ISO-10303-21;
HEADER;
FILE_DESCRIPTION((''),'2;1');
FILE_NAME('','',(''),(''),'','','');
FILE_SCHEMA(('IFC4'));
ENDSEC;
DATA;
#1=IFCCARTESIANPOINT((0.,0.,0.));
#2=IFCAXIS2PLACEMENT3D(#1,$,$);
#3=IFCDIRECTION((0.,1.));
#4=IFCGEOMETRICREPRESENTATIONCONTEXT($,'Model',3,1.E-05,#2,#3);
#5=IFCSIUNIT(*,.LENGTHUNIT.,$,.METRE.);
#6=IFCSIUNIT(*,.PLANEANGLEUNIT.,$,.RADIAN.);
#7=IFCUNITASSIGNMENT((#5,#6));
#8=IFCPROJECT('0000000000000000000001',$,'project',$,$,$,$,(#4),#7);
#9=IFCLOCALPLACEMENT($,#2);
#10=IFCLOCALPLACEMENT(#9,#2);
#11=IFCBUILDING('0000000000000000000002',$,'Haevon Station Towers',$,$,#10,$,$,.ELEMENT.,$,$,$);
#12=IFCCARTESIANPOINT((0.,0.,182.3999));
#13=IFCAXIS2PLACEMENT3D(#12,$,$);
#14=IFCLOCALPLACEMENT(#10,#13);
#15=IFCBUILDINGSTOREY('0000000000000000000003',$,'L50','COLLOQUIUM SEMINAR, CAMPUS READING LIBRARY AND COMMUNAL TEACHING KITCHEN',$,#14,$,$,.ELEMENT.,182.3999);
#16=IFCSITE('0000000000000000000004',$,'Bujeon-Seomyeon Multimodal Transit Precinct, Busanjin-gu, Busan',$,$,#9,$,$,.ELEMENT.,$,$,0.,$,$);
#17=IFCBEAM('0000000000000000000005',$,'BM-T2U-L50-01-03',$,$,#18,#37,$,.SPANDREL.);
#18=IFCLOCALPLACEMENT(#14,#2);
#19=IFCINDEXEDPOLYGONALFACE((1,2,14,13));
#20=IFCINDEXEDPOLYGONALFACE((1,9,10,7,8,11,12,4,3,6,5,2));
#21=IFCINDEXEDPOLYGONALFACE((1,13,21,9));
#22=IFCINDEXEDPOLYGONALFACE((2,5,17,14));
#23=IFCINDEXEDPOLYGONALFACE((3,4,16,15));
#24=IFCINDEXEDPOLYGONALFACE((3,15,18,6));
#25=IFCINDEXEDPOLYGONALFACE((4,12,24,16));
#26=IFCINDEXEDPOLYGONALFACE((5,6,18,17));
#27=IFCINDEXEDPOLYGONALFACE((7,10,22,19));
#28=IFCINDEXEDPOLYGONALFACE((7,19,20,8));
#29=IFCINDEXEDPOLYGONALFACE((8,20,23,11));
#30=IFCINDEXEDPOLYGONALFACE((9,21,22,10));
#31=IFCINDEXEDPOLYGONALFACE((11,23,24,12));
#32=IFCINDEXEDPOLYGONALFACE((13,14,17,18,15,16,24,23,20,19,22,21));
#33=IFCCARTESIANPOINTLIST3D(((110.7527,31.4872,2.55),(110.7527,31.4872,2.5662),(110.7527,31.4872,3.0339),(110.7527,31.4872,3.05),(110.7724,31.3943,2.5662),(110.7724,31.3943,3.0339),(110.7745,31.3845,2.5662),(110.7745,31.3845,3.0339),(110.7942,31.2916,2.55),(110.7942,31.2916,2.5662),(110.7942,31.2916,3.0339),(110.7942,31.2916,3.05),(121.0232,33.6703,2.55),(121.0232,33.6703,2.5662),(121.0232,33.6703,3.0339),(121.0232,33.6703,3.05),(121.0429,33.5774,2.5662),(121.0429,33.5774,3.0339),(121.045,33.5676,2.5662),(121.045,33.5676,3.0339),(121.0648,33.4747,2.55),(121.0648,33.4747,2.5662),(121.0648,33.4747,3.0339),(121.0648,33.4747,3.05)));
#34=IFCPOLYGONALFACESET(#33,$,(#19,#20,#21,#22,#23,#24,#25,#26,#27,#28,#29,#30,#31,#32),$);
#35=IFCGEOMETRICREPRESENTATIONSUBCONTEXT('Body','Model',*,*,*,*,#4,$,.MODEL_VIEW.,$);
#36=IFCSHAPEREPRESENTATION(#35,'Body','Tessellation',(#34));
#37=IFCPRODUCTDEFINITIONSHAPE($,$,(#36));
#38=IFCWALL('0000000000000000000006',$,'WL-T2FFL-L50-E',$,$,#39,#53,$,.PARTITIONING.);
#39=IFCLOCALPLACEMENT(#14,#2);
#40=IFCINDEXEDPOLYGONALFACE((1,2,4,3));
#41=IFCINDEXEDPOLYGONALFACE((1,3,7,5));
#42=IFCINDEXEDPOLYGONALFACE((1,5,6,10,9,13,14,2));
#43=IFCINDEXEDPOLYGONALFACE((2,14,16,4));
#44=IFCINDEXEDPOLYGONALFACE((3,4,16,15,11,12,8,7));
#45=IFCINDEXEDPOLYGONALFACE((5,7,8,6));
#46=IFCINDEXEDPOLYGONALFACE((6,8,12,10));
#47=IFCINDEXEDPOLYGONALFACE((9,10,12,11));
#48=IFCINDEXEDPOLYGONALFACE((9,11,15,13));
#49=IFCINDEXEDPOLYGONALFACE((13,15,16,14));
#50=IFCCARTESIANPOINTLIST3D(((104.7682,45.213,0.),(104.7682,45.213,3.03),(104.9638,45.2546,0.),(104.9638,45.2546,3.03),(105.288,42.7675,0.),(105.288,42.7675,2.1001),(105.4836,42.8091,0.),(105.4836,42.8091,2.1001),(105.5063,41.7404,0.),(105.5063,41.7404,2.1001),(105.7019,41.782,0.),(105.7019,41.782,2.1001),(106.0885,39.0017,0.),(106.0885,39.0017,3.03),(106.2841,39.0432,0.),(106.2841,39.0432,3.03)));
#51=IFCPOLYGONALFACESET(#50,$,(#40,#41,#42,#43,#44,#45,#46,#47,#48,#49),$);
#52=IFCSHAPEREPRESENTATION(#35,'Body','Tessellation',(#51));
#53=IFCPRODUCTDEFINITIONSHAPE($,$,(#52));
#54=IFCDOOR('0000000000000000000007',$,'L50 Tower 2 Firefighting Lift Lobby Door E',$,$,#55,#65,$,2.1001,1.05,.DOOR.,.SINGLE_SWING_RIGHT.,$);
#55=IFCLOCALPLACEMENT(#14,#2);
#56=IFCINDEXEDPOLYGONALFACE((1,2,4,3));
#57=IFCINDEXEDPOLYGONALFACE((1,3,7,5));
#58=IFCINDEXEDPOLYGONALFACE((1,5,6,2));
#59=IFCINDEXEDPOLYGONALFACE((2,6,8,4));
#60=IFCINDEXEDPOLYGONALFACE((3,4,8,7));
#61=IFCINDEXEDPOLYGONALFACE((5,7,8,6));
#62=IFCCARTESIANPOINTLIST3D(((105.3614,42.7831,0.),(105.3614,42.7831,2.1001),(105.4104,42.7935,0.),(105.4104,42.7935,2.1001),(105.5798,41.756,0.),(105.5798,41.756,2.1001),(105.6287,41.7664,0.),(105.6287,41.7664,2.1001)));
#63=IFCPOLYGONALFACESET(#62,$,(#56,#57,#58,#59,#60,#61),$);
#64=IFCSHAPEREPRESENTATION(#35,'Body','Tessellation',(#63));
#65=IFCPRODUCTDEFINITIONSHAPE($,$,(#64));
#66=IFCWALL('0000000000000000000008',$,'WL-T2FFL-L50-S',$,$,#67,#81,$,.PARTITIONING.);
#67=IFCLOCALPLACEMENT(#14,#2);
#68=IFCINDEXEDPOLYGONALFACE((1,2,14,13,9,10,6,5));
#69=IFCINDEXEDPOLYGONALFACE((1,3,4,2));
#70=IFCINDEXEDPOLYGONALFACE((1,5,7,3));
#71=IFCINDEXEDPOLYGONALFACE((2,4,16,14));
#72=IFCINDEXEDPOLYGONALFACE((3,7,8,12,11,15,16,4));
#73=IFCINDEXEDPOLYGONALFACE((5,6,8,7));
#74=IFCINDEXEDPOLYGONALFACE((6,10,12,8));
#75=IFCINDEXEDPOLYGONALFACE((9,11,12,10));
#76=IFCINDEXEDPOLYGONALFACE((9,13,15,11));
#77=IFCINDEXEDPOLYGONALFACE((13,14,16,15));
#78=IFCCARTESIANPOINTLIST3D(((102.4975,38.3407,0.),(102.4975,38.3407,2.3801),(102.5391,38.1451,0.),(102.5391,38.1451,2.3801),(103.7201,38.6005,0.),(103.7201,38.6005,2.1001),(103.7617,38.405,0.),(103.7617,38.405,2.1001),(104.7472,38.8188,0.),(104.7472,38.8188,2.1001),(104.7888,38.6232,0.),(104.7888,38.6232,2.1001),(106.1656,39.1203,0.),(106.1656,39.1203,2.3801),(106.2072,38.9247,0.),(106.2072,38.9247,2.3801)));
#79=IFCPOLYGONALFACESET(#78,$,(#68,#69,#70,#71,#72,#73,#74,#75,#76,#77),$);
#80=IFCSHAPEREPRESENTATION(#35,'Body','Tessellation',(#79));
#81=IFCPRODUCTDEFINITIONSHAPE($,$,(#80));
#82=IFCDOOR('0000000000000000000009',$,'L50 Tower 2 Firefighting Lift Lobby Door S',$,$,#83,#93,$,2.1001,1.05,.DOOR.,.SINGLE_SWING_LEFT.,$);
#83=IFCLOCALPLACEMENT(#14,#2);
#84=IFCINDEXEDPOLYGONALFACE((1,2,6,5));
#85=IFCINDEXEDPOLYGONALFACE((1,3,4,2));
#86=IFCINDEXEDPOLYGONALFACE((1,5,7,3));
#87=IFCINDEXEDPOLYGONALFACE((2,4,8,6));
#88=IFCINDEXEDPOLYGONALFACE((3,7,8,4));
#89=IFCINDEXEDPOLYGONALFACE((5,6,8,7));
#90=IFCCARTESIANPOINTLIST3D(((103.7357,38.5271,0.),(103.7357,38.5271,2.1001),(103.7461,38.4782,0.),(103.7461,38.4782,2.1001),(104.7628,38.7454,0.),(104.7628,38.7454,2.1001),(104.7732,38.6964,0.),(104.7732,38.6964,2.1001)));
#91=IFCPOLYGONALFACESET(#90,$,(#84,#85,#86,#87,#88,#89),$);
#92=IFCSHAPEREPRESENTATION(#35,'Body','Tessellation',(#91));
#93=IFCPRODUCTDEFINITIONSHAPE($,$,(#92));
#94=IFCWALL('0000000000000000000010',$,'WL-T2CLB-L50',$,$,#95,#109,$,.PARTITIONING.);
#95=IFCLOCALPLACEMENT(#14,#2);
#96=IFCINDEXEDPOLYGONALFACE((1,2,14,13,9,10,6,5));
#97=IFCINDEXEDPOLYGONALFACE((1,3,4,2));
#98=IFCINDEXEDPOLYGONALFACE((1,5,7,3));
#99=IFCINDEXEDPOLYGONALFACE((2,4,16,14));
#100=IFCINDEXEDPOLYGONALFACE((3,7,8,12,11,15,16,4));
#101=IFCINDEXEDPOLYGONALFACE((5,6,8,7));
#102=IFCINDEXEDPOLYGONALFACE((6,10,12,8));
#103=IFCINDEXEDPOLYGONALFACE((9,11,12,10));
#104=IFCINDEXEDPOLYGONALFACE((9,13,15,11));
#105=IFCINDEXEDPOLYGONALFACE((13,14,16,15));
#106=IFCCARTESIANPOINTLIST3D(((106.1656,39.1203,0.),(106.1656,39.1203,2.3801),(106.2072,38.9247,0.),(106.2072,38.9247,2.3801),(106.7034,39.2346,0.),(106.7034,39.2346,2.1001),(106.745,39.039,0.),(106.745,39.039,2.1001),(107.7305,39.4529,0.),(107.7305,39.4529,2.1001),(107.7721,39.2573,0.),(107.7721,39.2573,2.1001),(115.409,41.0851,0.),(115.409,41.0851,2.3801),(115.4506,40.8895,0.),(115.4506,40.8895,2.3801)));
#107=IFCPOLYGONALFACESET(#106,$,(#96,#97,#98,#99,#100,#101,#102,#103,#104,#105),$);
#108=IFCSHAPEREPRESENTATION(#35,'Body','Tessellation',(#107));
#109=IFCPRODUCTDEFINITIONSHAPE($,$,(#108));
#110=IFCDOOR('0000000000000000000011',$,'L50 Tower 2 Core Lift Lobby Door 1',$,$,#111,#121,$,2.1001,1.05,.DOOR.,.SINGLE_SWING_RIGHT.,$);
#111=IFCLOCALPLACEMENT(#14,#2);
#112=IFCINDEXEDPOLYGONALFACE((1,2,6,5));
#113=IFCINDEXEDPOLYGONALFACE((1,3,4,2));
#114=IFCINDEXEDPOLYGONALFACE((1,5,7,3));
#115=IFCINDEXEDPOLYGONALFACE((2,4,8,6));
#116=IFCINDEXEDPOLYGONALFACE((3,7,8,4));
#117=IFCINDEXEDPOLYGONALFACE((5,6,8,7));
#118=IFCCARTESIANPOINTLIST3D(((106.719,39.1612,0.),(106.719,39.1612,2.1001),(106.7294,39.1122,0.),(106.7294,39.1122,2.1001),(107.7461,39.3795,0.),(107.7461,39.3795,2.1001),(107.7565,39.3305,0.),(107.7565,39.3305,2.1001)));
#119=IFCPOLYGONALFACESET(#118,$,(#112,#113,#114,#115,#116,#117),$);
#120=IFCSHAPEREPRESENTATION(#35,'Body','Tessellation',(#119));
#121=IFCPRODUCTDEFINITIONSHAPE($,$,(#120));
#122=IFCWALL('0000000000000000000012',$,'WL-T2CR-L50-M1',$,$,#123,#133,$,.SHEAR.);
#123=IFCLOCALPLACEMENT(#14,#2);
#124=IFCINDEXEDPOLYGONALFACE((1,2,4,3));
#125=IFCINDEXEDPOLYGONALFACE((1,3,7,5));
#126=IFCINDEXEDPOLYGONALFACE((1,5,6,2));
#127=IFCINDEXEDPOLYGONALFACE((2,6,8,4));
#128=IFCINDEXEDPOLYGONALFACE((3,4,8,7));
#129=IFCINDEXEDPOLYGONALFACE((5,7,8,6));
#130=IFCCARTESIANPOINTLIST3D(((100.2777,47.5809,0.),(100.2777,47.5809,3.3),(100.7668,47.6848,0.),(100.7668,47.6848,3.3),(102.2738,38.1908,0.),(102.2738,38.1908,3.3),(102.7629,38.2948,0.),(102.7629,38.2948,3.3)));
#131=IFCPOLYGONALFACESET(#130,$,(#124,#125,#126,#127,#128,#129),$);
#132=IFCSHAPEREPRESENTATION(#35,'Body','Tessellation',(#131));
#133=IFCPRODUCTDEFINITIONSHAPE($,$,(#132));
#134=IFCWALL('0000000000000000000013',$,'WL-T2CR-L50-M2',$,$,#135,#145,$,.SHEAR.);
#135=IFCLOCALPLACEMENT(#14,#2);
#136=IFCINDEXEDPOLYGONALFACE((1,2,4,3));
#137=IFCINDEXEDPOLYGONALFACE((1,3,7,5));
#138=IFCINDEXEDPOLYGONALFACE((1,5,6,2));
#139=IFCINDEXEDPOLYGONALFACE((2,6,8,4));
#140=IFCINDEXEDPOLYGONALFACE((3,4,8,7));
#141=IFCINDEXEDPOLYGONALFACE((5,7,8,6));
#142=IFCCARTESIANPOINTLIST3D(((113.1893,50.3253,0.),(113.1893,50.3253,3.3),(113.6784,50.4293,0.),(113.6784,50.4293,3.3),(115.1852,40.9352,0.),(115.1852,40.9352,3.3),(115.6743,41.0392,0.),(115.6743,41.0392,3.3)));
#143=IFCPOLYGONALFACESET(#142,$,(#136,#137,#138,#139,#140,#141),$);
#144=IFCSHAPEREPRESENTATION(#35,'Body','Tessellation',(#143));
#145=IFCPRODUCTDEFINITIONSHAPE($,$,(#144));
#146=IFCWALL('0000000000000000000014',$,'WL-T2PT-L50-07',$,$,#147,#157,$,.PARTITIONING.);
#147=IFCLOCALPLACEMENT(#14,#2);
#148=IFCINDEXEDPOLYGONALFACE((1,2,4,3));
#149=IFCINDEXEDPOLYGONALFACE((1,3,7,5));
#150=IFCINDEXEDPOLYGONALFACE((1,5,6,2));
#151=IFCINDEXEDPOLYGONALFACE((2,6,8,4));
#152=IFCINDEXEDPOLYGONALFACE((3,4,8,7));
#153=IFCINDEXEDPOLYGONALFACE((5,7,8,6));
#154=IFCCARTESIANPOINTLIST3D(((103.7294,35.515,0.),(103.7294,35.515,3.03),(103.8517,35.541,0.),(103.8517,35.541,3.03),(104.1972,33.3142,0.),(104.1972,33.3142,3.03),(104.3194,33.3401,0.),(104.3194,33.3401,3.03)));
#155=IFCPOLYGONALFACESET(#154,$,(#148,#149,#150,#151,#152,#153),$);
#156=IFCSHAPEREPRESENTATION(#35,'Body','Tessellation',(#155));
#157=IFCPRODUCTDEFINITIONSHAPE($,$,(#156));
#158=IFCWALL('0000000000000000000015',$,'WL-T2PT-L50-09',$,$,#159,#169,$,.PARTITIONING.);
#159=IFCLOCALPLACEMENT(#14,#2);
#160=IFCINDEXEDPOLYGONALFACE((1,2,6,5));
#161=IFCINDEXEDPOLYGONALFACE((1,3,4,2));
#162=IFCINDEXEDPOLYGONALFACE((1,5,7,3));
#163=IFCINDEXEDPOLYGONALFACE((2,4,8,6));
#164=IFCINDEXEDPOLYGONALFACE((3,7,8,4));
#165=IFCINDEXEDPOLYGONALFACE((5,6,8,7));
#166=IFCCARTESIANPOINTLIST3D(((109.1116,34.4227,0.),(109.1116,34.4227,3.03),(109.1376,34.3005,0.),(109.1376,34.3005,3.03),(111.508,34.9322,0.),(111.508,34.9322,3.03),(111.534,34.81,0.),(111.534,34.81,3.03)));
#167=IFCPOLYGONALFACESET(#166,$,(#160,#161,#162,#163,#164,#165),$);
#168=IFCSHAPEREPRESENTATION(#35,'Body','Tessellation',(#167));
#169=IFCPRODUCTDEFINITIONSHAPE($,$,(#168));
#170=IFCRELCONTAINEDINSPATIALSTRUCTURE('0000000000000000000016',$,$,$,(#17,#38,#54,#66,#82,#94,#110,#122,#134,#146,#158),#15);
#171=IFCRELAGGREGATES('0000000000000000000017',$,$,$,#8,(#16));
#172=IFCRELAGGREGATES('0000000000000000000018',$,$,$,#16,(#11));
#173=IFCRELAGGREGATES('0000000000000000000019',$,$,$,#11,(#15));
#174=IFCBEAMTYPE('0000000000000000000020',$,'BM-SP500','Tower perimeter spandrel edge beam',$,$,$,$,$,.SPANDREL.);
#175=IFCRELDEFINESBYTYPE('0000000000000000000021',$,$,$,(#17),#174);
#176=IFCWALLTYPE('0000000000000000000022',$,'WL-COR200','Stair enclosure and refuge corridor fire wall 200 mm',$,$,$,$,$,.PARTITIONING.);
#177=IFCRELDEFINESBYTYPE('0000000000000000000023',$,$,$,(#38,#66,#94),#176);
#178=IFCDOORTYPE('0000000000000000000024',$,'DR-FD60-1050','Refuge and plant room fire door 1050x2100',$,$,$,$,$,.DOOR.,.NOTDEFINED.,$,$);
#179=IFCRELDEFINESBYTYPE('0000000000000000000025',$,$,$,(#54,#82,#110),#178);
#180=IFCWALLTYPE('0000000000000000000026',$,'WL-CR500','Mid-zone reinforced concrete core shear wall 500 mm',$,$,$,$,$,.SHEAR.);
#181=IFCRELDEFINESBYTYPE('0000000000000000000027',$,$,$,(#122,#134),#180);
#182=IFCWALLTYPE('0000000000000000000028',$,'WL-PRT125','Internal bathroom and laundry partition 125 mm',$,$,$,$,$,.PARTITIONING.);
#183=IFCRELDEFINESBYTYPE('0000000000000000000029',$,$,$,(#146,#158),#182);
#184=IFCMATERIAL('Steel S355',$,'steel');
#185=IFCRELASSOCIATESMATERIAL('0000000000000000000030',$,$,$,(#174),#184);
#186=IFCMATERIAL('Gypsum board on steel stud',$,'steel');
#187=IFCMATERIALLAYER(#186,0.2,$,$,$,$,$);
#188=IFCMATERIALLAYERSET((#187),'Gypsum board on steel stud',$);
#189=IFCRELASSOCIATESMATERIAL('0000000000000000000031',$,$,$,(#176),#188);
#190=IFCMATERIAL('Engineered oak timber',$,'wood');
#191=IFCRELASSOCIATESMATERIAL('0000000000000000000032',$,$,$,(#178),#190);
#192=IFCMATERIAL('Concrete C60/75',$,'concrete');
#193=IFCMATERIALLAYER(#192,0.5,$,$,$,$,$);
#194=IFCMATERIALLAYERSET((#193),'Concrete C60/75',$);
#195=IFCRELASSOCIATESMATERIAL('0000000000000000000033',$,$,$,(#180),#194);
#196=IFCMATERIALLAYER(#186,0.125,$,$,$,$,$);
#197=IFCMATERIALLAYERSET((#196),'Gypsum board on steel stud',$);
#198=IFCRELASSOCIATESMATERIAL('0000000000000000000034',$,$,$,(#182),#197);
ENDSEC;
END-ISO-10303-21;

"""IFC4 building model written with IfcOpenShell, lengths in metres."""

from ifc_helpers import new_model, si_unit, direction, frame, frame_2d, origin, origin_2d, place, context, subcontext, project, spatial, rectangle, i_section, extrude, material, layer, layer_set, material_profile, profile_set, type_object, element, fill, save


model = new_model("IFC4")

# Units and contexts
model_context = context("Model", 3, precision=1e-05, world=origin(), true_north=direction((0.0, 1.0)))
body_context = subcontext(model_context, "Body", "Model", "MODEL_VIEW")
ifc_project = project(units=[si_unit("LENGTHUNIT", "METRE"), si_unit("PLANEANGLEUNIT", "RADIAN")], contexts=[model_context])

# Site, building, storey
site_placement = place(None, origin())
site = spatial("IfcSite", under=ifc_project, at=site_placement, Name="Bujeon-Seomyeon Multimodal Transit Precinct, Busanjin-gu, Busan", CompositionType="ELEMENT", RefElevation=0.0)
building_placement = place(site_placement, origin())
building = spatial("IfcBuilding", under=site, at=building_placement, Name="Haevon Station Towers", CompositionType="ELEMENT")
storey_placement = place(building_placement, frame((0.0, 0.0, 182.3999)))
storey = spatial("IfcBuildingStorey", under=building, at=storey_placement, Name="L50", Description="COLLOQUIUM SEMINAR, CAMPUS READING LIBRARY AND COMMUNAL TEACHING KITCHEN", CompositionType="ELEMENT", Elevation=182.3999)

# Shared definitions
ifc_material_1 = material(Name="Steel S355", Category="steel")

# Beam
ifc_material_profile_1 = material_profile(ifc_material_1, i_section(OverallWidth=0.2, OverallDepth=0.5, WebThickness=0.01, FlangeThickness=0.0161, at=origin_2d()), Name="H-500x200x10x16")
ifc_profile_set_1 = profile_set([ifc_material_profile_1], Name="Steel S355")
beam_type_1 = type_object("IfcBeamType", Name="BM-SP500", Description="Tower perimeter spandrel edge beam", PredefinedType="SPANDREL", material=ifc_profile_set_1)
beam_1_placement = place(storey_placement, frame((110.7734, 31.3894, 2.8), z_axis=(0.978147, 0.207915, 0.0), x_axis=(-0.207915, 0.978147, 0.0)))
element("IfcBeam", 1, at=beam_1_placement, inside=storey, type_object=beam_type_1, Name="BM-T2U-L50-01-03", PredefinedType="SPANDREL", context=body_context, shape_type="SweptSolid", body=[
    extrude(i_section(OverallWidth=0.2, OverallDepth=0.5, WebThickness=0.01, FlangeThickness=0.0161, at=origin_2d()), origin(), (0.0, 0.0, 1.0), 10.5),
])

# Walls, openings, doors
ifc_material_2 = material(Name="Gypsum board on steel stud", Category="steel")
ifc_layer_1 = layer(ifc_material_2, 0.2)
ifc_layer_set_1 = layer_set([ifc_layer_1], Name="Gypsum board on steel stud")
wall_type_1 = type_object("IfcWallType", Name="WL-COR200", Description="Stair enclosure and refuge corridor fire wall 200 mm", PredefinedType="PARTITIONING", material=ifc_layer_set_1)
wall_1_placement = place(storey_placement, frame((106.1863, 39.0225, 0.0), z_axis=(0.0, 0.0, 1.0), x_axis=(-0.207917, 0.978147, 0.0)))
wall_1 = element("IfcWall", 2, at=wall_1_placement, inside=storey, type_object=wall_type_1, Name="WL-T2FFL-L50-E", PredefinedType="PARTITIONING", context=body_context, shape_type="SweptSolid", body=[
    extrude(rectangle(XDim=6.3501, YDim=0.2, at=frame_2d((3.175, 0.0))), origin(), (0.0, 0.0, 1.0), 3.03),
])
opening_1_placement = place(wall_1_placement, frame((2.8, 0.0, 0.0)))
opening_1 = element("IfcOpeningElement", 3, at=opening_1_placement, cuts=wall_1, PredefinedType="OPENING", context=body_context, shape_type="SweptSolid", body=[
    extrude(rectangle(XDim=1.05, YDim=2.1001, at=frame_2d((0.5249, 1.05))), frame((0.0, 0.1099, 0.0), z_axis=(0.0, -1.0, 0.0), x_axis=(1.0, 0.0, 0.0)), (0.0, 0.0, 1.0), 0.22),
])
ifc_material_3 = material(Name="Engineered oak timber", Category="wood")
door_type = type_object("IfcDoorType", Name="DR-FD60-1050", Description="Refuge and plant room fire door 1050x2100", OperationType="NOTDEFINED", PredefinedType="DOOR", material=ifc_material_3)
door_1_placement = place(opening_1_placement, origin())
door_1 = element("IfcDoor", 4, at=door_1_placement, inside=storey, type_object=door_type, Name="L50 Tower 2 Firefighting Lift Lobby Door E", OperationType="SINGLE_SWING_RIGHT", OverallHeight=2.1001, OverallWidth=1.05, PredefinedType="DOOR", context=body_context, shape_type="SweptSolid", body=[
    extrude(rectangle(XDim=1.05, YDim=2.1001, at=frame_2d((0.5249, 1.05))), frame((0.0, 0.0249, 0.0), z_axis=(0.0, -1.0, 0.0), x_axis=(1.0, 0.0, 0.0)), (0.0, 0.0, 1.0), 0.05),
])
fill(opening_1, door_1)
wall_2_placement = place(storey_placement, frame((102.5183, 38.2429, 0.0), z_axis=(0.0, 0.0, 1.0), x_axis=(0.978154, 0.207884, 0.0)))
wall_2 = element("IfcWall", 5, at=wall_2_placement, inside=storey, type_object=wall_type_1, Name="WL-T2FFL-L50-S", PredefinedType="PARTITIONING", context=body_context, shape_type="SweptSolid", body=[
    extrude(rectangle(XDim=3.75, YDim=0.2, at=frame_2d((1.875, 0.0))), origin(), (0.0, 0.0, 1.0), 2.3801),
])
opening_2_placement = place(wall_2_placement, frame((1.25, 0.0, 0.0)))
opening_2 = element("IfcOpeningElement", 6, at=opening_2_placement, cuts=wall_2, PredefinedType="OPENING", context=body_context, shape_type="SweptSolid", body=[
    extrude(rectangle(XDim=1.05, YDim=2.1001, at=frame_2d((0.5249, 1.05))), frame((0.0, 0.1099, 0.0), z_axis=(0.0, -1.0, 0.0), x_axis=(1.0, 0.0, 0.0)), (0.0, 0.0, 1.0), 0.22),
])
door_2_placement = place(opening_2_placement, origin())
door_2 = element("IfcDoor", 7, at=door_2_placement, inside=storey, type_object=door_type, Name="L50 Tower 2 Firefighting Lift Lobby Door S", OperationType="SINGLE_SWING_LEFT", OverallHeight=2.1001, OverallWidth=1.05, PredefinedType="DOOR", context=body_context, shape_type="SweptSolid", body=[
    extrude(rectangle(XDim=1.05, YDim=2.1001, at=frame_2d((0.5249, 1.05))), frame((0.0, 0.0249, 0.0), z_axis=(0.0, -1.0, 0.0), x_axis=(1.0, 0.0, 0.0)), (0.0, 0.0, 1.0), 0.05),
])
fill(opening_2, door_2)
wall_3_placement = place(storey_placement, frame((106.1863, 39.0225, 0.0), z_axis=(0.0, 0.0, 1.0), x_axis=(0.978146, 0.207921, 0.0)))
wall_3 = element("IfcWall", 8, at=wall_3_placement, inside=storey, type_object=wall_type_1, Name="WL-T2CLB-L50", PredefinedType="PARTITIONING", context=body_context, shape_type="SweptSolid", body=[
    extrude(rectangle(XDim=9.45, YDim=0.2, at=frame_2d((4.7251, 0.0))), origin(), (0.0, 0.0, 1.0), 2.3801),
])
opening_3_placement = place(wall_3_placement, frame((0.55, 0.0, 0.0)))
opening_3 = element("IfcOpeningElement", 9, at=opening_3_placement, cuts=wall_3, PredefinedType="OPENING", context=body_context, shape_type="SweptSolid", body=[
    extrude(rectangle(XDim=1.05, YDim=2.1001, at=frame_2d((0.5249, 1.05))), frame((0.0, 0.1099, 0.0), z_axis=(0.0, -1.0, 0.0), x_axis=(1.0, 0.0, 0.0)), (0.0, 0.0, 1.0), 0.22),
])
door_3_placement = place(opening_3_placement, origin())
door_3 = element("IfcDoor", 10, at=door_3_placement, inside=storey, type_object=door_type, Name="L50 Tower 2 Core Lift Lobby Door 1", OperationType="SINGLE_SWING_RIGHT", OverallHeight=2.1001, OverallWidth=1.05, PredefinedType="DOOR", context=body_context, shape_type="SweptSolid", body=[
    extrude(rectangle(XDim=1.05, YDim=2.1001, at=frame_2d((0.5249, 1.05))), frame((0.0, 0.0249, 0.0), z_axis=(0.0, -1.0, 0.0), x_axis=(1.0, 0.0, 0.0)), (0.0, 0.0, 1.0), 0.05),
])
fill(opening_3, door_3)

# Walls
ifc_material_4 = material(Name="Concrete C60/75", Category="concrete")
ifc_layer_2 = layer(ifc_material_4, 0.5)
ifc_layer_set_2 = layer_set([ifc_layer_2], Name="Concrete C60/75")
wall_type_2 = type_object("IfcWallType", Name="WL-CR500", Description="Mid-zone reinforced concrete core shear wall 500 mm", PredefinedType="SHEAR", material=ifc_layer_set_2)
for number, where, z_axis, x_axis, name in (
    (11, (102.5183, 38.2429, 0.0), (0.0, 0.0, 1.0), (-0.207927, 0.978144, 0.0), "WL-T2CR-L50-M1"),
    (12, (115.4297, 40.9873, 0.0), (0.0, 0.0, 1.0), (-0.207903, 0.978149, 0.0), "WL-T2CR-L50-M2"),
):
    element("IfcWall", number, at=place(storey_placement, frame(where, z_axis=z_axis, x_axis=x_axis)), inside=storey, type_object=wall_type_2, Name=name, PredefinedType="SHEAR", context=body_context, shape_type="SweptSolid", body=[
        extrude(rectangle(XDim=9.5999, YDim=0.5, at=frame_2d((4.7998, 0.0))), origin(), (0.0, 0.0, 1.0), 3.3),
    ])
ifc_layer_3 = layer(ifc_material_2, 0.125)
ifc_layer_set_3 = layer_set([ifc_layer_3], Name="Gypsum board on steel stud")
wall_type_3 = type_object("IfcWallType", Name="WL-PRT125", Description="Internal bathroom and laundry partition 125 mm", PredefinedType="PARTITIONING", material=ifc_layer_set_3)
wall_4_placement = place(storey_placement, frame((104.2583, 33.3271, 0.0), z_axis=(0.0, 0.0, 1.0), x_axis=(-0.207891, 0.978152, 0.0)))
element("IfcWall", 13, at=wall_4_placement, inside=storey, type_object=wall_type_3, Name="WL-T2PT-L50-07", PredefinedType="PARTITIONING", context=body_context, shape_type="SweptSolid", body=[
    extrude(rectangle(XDim=2.25, YDim=0.125, at=frame_2d((1.125, 0.0))), origin(), (0.0, 0.0, 1.0), 3.03),
])
wall_5_placement = place(storey_placement, frame((109.1245, 34.3616, 0.0), z_axis=(0.0, 0.0, 1.0), x_axis=(0.978137, 0.207964, 0.0)))
element("IfcWall", 14, at=wall_5_placement, inside=storey, type_object=wall_type_3, Name="WL-T2PT-L50-09", PredefinedType="PARTITIONING", context=body_context, shape_type="SweptSolid", body=[
    extrude(rectangle(XDim=2.45, YDim=0.125, at=frame_2d((1.2251, 0.0))), origin(), (0.0, 0.0, 1.0), 3.03),
])

save(model, "model.ifc")
